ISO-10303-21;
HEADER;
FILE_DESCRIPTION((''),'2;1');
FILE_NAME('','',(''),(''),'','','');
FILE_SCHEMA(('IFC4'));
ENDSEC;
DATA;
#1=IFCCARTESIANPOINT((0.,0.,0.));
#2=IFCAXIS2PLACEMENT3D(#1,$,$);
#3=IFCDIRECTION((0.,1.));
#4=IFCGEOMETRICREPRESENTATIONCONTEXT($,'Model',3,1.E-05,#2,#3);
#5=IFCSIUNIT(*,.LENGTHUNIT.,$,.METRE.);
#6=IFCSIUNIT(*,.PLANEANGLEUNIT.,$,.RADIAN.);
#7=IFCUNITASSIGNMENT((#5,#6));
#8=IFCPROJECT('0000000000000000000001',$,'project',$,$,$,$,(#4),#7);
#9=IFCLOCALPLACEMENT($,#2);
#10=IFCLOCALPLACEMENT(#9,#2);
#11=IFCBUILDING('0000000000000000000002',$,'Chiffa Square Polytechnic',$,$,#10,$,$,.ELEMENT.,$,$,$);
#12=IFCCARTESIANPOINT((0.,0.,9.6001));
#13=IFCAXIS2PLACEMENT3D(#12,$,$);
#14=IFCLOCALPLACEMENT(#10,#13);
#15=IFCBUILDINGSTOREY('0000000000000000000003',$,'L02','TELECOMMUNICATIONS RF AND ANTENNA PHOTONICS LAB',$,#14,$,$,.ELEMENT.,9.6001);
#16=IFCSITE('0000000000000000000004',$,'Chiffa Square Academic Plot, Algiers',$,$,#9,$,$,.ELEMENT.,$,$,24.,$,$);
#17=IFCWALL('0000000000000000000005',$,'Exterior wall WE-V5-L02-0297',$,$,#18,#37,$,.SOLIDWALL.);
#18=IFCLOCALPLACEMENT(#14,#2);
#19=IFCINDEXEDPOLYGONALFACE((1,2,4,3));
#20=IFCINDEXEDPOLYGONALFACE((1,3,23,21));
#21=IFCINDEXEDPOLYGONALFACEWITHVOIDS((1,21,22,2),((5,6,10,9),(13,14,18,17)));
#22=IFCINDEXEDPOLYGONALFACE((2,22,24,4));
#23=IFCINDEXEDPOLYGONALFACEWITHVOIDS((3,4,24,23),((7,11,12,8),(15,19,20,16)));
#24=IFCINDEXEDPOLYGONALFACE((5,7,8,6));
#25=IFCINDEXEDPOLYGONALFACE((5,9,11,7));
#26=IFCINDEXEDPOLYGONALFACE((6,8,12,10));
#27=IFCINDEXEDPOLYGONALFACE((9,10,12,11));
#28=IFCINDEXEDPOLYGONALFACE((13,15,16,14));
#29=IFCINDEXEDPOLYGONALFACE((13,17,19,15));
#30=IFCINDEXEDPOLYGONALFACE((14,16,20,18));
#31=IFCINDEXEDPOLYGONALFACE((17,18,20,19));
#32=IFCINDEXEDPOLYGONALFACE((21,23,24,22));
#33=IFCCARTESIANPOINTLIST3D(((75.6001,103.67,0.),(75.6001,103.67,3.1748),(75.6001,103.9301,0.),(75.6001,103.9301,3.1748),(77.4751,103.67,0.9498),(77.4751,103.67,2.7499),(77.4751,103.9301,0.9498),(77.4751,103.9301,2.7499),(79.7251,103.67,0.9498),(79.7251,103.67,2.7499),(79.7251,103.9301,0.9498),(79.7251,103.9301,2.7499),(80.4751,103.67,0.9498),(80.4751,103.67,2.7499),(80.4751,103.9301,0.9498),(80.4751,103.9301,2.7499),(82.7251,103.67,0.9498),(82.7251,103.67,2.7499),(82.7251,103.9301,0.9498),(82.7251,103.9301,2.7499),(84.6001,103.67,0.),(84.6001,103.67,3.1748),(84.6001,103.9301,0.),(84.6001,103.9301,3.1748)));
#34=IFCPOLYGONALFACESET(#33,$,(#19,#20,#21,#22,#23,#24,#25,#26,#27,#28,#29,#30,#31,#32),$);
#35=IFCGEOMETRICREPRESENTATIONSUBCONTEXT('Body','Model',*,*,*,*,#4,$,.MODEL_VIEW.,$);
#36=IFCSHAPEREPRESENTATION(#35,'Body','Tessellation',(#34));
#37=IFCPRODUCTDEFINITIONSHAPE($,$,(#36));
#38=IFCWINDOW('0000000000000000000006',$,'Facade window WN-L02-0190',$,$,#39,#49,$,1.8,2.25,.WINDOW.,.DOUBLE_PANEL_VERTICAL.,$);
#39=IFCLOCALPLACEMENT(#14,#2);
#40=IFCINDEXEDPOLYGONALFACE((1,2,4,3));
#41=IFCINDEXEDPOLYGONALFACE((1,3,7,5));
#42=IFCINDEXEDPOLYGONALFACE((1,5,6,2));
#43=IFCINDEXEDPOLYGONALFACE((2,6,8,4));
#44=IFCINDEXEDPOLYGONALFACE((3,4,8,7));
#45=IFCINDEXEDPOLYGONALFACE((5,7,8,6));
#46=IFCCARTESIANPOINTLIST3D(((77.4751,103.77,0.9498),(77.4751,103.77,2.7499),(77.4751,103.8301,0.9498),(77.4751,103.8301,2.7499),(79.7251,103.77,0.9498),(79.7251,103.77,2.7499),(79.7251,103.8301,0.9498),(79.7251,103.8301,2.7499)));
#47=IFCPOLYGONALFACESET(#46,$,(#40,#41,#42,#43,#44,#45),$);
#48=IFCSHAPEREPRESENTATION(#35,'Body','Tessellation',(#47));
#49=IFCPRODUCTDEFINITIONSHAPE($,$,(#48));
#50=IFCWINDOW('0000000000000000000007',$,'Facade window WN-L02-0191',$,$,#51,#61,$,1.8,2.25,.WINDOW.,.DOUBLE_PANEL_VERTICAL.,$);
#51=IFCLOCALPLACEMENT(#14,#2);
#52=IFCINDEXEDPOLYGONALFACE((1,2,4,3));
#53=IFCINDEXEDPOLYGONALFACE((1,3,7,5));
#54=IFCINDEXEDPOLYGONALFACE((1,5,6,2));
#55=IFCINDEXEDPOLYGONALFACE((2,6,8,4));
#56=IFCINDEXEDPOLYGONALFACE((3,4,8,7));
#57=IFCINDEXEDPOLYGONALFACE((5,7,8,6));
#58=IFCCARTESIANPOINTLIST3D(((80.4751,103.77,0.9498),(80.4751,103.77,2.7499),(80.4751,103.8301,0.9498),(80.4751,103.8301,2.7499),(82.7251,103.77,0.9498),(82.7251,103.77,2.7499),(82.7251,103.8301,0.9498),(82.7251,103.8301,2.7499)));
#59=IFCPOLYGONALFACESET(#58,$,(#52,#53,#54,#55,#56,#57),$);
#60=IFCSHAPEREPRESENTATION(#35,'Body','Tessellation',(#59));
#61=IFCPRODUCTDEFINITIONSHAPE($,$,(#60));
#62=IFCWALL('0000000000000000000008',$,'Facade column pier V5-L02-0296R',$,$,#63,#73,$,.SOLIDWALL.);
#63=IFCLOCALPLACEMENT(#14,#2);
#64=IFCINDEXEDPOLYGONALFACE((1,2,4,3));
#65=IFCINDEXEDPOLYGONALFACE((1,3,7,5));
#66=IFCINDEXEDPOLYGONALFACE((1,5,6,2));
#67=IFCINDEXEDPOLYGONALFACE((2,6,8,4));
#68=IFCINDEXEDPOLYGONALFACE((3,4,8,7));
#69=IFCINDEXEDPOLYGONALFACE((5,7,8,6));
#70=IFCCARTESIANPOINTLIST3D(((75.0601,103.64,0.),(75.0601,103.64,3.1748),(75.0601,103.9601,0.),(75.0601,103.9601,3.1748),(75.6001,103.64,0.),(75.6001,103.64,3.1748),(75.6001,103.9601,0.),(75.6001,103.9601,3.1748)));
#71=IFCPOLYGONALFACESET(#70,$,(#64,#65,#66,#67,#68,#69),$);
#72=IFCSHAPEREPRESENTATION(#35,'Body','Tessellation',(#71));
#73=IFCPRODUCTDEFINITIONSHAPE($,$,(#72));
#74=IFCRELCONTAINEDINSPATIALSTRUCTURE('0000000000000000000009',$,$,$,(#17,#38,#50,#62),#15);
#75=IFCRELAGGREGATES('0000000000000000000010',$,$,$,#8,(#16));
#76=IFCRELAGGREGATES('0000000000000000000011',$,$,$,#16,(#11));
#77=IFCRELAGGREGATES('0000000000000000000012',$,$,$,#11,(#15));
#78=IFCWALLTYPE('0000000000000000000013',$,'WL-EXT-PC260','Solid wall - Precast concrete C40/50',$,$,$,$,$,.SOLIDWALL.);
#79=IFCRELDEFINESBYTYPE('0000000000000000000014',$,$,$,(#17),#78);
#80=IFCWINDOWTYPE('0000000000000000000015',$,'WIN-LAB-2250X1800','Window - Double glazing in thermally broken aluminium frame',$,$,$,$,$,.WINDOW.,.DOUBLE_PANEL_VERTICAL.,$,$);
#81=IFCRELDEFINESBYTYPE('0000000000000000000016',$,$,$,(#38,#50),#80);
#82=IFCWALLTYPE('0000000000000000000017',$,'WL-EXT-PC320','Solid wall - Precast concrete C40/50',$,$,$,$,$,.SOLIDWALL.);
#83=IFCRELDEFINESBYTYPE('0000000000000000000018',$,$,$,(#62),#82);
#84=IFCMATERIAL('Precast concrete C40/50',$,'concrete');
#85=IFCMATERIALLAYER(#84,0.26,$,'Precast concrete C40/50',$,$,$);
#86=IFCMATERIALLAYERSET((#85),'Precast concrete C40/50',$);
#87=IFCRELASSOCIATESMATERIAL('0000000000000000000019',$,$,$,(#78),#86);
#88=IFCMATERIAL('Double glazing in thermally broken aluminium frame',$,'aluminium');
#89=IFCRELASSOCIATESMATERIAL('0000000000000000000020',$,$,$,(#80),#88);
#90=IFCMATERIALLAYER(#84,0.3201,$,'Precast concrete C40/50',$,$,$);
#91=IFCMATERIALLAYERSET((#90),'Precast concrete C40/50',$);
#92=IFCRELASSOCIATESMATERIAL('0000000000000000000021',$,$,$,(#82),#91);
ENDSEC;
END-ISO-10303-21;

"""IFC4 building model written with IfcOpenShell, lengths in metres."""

from ifc_helpers import new_model, si_unit, direction, frame, frame_2d, origin, place, context, subcontext, project, spatial, rectangle, extrude, material, layer, layer_set, type_object, element, fill, save


model = new_model("IFC4")

# Units and contexts
model_context = context("Model", 3, precision=1e-05, world=origin(), true_north=direction((0.0, 1.0)))
body_context = subcontext(model_context, "Body", "Model", "MODEL_VIEW")
ifc_project = project(units=[si_unit("LENGTHUNIT", "METRE"), si_unit("PLANEANGLEUNIT", "RADIAN")], contexts=[model_context])

# Site, building, storey
site_placement = place(None, origin())
site = spatial("IfcSite", under=ifc_project, at=site_placement, Name="Chiffa Square Academic Plot, Algiers", CompositionType="ELEMENT", RefElevation=24.0)
building_placement = place(site_placement, origin())
building = spatial("IfcBuilding", under=site, at=building_placement, Name="Chiffa Square Polytechnic", CompositionType="ELEMENT")
storey_placement = place(building_placement, frame((0.0, 0.0, 9.6001)))
storey = spatial("IfcBuildingStorey", under=building, at=storey_placement, Name="L02", Description="TELECOMMUNICATIONS RF AND ANTENNA PHOTONICS LAB", CompositionType="ELEMENT", Elevation=9.6001)

# Wall, openings, windows
ifc_material_1 = material(Name="Precast concrete C40/50", Category="concrete")
ifc_layer_1 = layer(ifc_material_1, 0.26, Name="Precast concrete C40/50")
ifc_layer_set_1 = layer_set([ifc_layer_1], Name="Precast concrete C40/50")
wall_type_1 = type_object("IfcWallType", Name="WL-EXT-PC260", Description="Solid wall - Precast concrete C40/50", PredefinedType="SOLIDWALL", material=ifc_layer_set_1)
wall_1_placement = place(storey_placement, frame((75.6001, 103.8, 0.0), z_axis=(0.0, 0.0, 1.0), x_axis=(1.0, 0.0, 0.0)))
wall_1 = element("IfcWall", 1, at=wall_1_placement, inside=storey, type_object=wall_type_1, Name="Exterior wall WE-V5-L02-0297", PredefinedType="SOLIDWALL", context=body_context, shape_type="SweptSolid", body=[
    extrude(rectangle(XDim=9.0, YDim=0.26, at=frame_2d((4.5, 0.0))), origin(), (0.0, 0.0, 1.0), 3.1748),
])
opening_1_placement = place(wall_1_placement, frame((1.875, 0.0, 0.95)))
opening_1 = element("IfcOpeningElement", 2, at=opening_1_placement, cuts=wall_1, PredefinedType="OPENING", context=body_context, shape_type="SweptSolid", body=[
    extrude(rectangle(XDim=2.25, YDim=1.8, at=frame_2d((1.125, 0.8999))), frame((0.0, 0.1401, 0.0), z_axis=(0.0, -1.0, 0.0), x_axis=(1.0, 0.0, 0.0)), (0.0, 0.0, 1.0), 0.28),
])
opening_2_placement = place(wall_1_placement, frame((4.875, 0.0, 0.95)))
opening_2 = element("IfcOpeningElement", 3, at=opening_2_placement, cuts=wall_1, PredefinedType="OPENING", context=body_context, shape_type="SweptSolid", body=[
    extrude(rectangle(XDim=2.25, YDim=1.8, at=frame_2d((1.125, 0.8999))), frame((0.0, 0.1401, 0.0), z_axis=(0.0, -1.0, 0.0), x_axis=(1.0, 0.0, 0.0)), (0.0, 0.0, 1.0), 0.28),
])
ifc_material_2 = material(Name="Double glazing in thermally broken aluminium frame", Category="aluminium")
window_type = type_object("IfcWindowType", Name="WIN-LAB-2250X1800", Description="Window - Double glazing in thermally broken aluminium frame", PartitioningType="DOUBLE_PANEL_VERTICAL", PredefinedType="WINDOW", material=ifc_material_2)
window_1_placement = place(opening_1_placement, origin())
window_1 = element("IfcWindow", 4, at=window_1_placement, inside=storey, type_object=window_type, Name="Facade window WN-L02-0190", OverallHeight=1.8, OverallWidth=2.25, PartitioningType="DOUBLE_PANEL_VERTICAL", PredefinedType="WINDOW", context=body_context, shape_type="SweptSolid", body=[
    extrude(rectangle(XDim=2.25, YDim=1.8, at=frame_2d((1.125, 0.8999))), frame((0.0, 0.03, 0.0), z_axis=(0.0, -1.0, 0.0), x_axis=(1.0, 0.0, 0.0)), (0.0, 0.0, 1.0), 0.0601),
])
fill(opening_1, window_1)
window_2_placement = place(opening_2_placement, origin())
window_2 = element("IfcWindow", 5, at=window_2_placement, inside=storey, type_object=window_type, Name="Facade window WN-L02-0191", OverallHeight=1.8, OverallWidth=2.25, PartitioningType="DOUBLE_PANEL_VERTICAL", PredefinedType="WINDOW", context=body_context, shape_type="SweptSolid", body=[
    extrude(rectangle(XDim=2.25, YDim=1.8, at=frame_2d((1.125, 0.8999))), frame((0.0, 0.03, 0.0), z_axis=(0.0, -1.0, 0.0), x_axis=(1.0, 0.0, 0.0)), (0.0, 0.0, 1.0), 0.0601),
])
fill(opening_2, window_2)

# Wall
ifc_layer_2 = layer(ifc_material_1, 0.3201, Name="Precast concrete C40/50")
ifc_layer_set_2 = layer_set([ifc_layer_2], Name="Precast concrete C40/50")
wall_type_2 = type_object("IfcWallType", Name="WL-EXT-PC320", Description="Solid wall - Precast concrete C40/50", PredefinedType="SOLIDWALL", material=ifc_layer_set_2)
wall_2_placement = place(storey_placement, frame((75.0601, 103.8, 0.0), z_axis=(0.0, 0.0, 1.0), x_axis=(1.0, 0.0, 0.0)))
element("IfcWall", 6, at=wall_2_placement, inside=storey, type_object=wall_type_2, Name="Facade column pier V5-L02-0296R", PredefinedType="SOLIDWALL", context=body_context, shape_type="SweptSolid", body=[
    extrude(rectangle(XDim=0.54, YDim=0.3201, at=frame_2d((0.27, 0.0))), origin(), (0.0, 0.0, 1.0), 3.1748),
])

save(model, "model.ifc")
